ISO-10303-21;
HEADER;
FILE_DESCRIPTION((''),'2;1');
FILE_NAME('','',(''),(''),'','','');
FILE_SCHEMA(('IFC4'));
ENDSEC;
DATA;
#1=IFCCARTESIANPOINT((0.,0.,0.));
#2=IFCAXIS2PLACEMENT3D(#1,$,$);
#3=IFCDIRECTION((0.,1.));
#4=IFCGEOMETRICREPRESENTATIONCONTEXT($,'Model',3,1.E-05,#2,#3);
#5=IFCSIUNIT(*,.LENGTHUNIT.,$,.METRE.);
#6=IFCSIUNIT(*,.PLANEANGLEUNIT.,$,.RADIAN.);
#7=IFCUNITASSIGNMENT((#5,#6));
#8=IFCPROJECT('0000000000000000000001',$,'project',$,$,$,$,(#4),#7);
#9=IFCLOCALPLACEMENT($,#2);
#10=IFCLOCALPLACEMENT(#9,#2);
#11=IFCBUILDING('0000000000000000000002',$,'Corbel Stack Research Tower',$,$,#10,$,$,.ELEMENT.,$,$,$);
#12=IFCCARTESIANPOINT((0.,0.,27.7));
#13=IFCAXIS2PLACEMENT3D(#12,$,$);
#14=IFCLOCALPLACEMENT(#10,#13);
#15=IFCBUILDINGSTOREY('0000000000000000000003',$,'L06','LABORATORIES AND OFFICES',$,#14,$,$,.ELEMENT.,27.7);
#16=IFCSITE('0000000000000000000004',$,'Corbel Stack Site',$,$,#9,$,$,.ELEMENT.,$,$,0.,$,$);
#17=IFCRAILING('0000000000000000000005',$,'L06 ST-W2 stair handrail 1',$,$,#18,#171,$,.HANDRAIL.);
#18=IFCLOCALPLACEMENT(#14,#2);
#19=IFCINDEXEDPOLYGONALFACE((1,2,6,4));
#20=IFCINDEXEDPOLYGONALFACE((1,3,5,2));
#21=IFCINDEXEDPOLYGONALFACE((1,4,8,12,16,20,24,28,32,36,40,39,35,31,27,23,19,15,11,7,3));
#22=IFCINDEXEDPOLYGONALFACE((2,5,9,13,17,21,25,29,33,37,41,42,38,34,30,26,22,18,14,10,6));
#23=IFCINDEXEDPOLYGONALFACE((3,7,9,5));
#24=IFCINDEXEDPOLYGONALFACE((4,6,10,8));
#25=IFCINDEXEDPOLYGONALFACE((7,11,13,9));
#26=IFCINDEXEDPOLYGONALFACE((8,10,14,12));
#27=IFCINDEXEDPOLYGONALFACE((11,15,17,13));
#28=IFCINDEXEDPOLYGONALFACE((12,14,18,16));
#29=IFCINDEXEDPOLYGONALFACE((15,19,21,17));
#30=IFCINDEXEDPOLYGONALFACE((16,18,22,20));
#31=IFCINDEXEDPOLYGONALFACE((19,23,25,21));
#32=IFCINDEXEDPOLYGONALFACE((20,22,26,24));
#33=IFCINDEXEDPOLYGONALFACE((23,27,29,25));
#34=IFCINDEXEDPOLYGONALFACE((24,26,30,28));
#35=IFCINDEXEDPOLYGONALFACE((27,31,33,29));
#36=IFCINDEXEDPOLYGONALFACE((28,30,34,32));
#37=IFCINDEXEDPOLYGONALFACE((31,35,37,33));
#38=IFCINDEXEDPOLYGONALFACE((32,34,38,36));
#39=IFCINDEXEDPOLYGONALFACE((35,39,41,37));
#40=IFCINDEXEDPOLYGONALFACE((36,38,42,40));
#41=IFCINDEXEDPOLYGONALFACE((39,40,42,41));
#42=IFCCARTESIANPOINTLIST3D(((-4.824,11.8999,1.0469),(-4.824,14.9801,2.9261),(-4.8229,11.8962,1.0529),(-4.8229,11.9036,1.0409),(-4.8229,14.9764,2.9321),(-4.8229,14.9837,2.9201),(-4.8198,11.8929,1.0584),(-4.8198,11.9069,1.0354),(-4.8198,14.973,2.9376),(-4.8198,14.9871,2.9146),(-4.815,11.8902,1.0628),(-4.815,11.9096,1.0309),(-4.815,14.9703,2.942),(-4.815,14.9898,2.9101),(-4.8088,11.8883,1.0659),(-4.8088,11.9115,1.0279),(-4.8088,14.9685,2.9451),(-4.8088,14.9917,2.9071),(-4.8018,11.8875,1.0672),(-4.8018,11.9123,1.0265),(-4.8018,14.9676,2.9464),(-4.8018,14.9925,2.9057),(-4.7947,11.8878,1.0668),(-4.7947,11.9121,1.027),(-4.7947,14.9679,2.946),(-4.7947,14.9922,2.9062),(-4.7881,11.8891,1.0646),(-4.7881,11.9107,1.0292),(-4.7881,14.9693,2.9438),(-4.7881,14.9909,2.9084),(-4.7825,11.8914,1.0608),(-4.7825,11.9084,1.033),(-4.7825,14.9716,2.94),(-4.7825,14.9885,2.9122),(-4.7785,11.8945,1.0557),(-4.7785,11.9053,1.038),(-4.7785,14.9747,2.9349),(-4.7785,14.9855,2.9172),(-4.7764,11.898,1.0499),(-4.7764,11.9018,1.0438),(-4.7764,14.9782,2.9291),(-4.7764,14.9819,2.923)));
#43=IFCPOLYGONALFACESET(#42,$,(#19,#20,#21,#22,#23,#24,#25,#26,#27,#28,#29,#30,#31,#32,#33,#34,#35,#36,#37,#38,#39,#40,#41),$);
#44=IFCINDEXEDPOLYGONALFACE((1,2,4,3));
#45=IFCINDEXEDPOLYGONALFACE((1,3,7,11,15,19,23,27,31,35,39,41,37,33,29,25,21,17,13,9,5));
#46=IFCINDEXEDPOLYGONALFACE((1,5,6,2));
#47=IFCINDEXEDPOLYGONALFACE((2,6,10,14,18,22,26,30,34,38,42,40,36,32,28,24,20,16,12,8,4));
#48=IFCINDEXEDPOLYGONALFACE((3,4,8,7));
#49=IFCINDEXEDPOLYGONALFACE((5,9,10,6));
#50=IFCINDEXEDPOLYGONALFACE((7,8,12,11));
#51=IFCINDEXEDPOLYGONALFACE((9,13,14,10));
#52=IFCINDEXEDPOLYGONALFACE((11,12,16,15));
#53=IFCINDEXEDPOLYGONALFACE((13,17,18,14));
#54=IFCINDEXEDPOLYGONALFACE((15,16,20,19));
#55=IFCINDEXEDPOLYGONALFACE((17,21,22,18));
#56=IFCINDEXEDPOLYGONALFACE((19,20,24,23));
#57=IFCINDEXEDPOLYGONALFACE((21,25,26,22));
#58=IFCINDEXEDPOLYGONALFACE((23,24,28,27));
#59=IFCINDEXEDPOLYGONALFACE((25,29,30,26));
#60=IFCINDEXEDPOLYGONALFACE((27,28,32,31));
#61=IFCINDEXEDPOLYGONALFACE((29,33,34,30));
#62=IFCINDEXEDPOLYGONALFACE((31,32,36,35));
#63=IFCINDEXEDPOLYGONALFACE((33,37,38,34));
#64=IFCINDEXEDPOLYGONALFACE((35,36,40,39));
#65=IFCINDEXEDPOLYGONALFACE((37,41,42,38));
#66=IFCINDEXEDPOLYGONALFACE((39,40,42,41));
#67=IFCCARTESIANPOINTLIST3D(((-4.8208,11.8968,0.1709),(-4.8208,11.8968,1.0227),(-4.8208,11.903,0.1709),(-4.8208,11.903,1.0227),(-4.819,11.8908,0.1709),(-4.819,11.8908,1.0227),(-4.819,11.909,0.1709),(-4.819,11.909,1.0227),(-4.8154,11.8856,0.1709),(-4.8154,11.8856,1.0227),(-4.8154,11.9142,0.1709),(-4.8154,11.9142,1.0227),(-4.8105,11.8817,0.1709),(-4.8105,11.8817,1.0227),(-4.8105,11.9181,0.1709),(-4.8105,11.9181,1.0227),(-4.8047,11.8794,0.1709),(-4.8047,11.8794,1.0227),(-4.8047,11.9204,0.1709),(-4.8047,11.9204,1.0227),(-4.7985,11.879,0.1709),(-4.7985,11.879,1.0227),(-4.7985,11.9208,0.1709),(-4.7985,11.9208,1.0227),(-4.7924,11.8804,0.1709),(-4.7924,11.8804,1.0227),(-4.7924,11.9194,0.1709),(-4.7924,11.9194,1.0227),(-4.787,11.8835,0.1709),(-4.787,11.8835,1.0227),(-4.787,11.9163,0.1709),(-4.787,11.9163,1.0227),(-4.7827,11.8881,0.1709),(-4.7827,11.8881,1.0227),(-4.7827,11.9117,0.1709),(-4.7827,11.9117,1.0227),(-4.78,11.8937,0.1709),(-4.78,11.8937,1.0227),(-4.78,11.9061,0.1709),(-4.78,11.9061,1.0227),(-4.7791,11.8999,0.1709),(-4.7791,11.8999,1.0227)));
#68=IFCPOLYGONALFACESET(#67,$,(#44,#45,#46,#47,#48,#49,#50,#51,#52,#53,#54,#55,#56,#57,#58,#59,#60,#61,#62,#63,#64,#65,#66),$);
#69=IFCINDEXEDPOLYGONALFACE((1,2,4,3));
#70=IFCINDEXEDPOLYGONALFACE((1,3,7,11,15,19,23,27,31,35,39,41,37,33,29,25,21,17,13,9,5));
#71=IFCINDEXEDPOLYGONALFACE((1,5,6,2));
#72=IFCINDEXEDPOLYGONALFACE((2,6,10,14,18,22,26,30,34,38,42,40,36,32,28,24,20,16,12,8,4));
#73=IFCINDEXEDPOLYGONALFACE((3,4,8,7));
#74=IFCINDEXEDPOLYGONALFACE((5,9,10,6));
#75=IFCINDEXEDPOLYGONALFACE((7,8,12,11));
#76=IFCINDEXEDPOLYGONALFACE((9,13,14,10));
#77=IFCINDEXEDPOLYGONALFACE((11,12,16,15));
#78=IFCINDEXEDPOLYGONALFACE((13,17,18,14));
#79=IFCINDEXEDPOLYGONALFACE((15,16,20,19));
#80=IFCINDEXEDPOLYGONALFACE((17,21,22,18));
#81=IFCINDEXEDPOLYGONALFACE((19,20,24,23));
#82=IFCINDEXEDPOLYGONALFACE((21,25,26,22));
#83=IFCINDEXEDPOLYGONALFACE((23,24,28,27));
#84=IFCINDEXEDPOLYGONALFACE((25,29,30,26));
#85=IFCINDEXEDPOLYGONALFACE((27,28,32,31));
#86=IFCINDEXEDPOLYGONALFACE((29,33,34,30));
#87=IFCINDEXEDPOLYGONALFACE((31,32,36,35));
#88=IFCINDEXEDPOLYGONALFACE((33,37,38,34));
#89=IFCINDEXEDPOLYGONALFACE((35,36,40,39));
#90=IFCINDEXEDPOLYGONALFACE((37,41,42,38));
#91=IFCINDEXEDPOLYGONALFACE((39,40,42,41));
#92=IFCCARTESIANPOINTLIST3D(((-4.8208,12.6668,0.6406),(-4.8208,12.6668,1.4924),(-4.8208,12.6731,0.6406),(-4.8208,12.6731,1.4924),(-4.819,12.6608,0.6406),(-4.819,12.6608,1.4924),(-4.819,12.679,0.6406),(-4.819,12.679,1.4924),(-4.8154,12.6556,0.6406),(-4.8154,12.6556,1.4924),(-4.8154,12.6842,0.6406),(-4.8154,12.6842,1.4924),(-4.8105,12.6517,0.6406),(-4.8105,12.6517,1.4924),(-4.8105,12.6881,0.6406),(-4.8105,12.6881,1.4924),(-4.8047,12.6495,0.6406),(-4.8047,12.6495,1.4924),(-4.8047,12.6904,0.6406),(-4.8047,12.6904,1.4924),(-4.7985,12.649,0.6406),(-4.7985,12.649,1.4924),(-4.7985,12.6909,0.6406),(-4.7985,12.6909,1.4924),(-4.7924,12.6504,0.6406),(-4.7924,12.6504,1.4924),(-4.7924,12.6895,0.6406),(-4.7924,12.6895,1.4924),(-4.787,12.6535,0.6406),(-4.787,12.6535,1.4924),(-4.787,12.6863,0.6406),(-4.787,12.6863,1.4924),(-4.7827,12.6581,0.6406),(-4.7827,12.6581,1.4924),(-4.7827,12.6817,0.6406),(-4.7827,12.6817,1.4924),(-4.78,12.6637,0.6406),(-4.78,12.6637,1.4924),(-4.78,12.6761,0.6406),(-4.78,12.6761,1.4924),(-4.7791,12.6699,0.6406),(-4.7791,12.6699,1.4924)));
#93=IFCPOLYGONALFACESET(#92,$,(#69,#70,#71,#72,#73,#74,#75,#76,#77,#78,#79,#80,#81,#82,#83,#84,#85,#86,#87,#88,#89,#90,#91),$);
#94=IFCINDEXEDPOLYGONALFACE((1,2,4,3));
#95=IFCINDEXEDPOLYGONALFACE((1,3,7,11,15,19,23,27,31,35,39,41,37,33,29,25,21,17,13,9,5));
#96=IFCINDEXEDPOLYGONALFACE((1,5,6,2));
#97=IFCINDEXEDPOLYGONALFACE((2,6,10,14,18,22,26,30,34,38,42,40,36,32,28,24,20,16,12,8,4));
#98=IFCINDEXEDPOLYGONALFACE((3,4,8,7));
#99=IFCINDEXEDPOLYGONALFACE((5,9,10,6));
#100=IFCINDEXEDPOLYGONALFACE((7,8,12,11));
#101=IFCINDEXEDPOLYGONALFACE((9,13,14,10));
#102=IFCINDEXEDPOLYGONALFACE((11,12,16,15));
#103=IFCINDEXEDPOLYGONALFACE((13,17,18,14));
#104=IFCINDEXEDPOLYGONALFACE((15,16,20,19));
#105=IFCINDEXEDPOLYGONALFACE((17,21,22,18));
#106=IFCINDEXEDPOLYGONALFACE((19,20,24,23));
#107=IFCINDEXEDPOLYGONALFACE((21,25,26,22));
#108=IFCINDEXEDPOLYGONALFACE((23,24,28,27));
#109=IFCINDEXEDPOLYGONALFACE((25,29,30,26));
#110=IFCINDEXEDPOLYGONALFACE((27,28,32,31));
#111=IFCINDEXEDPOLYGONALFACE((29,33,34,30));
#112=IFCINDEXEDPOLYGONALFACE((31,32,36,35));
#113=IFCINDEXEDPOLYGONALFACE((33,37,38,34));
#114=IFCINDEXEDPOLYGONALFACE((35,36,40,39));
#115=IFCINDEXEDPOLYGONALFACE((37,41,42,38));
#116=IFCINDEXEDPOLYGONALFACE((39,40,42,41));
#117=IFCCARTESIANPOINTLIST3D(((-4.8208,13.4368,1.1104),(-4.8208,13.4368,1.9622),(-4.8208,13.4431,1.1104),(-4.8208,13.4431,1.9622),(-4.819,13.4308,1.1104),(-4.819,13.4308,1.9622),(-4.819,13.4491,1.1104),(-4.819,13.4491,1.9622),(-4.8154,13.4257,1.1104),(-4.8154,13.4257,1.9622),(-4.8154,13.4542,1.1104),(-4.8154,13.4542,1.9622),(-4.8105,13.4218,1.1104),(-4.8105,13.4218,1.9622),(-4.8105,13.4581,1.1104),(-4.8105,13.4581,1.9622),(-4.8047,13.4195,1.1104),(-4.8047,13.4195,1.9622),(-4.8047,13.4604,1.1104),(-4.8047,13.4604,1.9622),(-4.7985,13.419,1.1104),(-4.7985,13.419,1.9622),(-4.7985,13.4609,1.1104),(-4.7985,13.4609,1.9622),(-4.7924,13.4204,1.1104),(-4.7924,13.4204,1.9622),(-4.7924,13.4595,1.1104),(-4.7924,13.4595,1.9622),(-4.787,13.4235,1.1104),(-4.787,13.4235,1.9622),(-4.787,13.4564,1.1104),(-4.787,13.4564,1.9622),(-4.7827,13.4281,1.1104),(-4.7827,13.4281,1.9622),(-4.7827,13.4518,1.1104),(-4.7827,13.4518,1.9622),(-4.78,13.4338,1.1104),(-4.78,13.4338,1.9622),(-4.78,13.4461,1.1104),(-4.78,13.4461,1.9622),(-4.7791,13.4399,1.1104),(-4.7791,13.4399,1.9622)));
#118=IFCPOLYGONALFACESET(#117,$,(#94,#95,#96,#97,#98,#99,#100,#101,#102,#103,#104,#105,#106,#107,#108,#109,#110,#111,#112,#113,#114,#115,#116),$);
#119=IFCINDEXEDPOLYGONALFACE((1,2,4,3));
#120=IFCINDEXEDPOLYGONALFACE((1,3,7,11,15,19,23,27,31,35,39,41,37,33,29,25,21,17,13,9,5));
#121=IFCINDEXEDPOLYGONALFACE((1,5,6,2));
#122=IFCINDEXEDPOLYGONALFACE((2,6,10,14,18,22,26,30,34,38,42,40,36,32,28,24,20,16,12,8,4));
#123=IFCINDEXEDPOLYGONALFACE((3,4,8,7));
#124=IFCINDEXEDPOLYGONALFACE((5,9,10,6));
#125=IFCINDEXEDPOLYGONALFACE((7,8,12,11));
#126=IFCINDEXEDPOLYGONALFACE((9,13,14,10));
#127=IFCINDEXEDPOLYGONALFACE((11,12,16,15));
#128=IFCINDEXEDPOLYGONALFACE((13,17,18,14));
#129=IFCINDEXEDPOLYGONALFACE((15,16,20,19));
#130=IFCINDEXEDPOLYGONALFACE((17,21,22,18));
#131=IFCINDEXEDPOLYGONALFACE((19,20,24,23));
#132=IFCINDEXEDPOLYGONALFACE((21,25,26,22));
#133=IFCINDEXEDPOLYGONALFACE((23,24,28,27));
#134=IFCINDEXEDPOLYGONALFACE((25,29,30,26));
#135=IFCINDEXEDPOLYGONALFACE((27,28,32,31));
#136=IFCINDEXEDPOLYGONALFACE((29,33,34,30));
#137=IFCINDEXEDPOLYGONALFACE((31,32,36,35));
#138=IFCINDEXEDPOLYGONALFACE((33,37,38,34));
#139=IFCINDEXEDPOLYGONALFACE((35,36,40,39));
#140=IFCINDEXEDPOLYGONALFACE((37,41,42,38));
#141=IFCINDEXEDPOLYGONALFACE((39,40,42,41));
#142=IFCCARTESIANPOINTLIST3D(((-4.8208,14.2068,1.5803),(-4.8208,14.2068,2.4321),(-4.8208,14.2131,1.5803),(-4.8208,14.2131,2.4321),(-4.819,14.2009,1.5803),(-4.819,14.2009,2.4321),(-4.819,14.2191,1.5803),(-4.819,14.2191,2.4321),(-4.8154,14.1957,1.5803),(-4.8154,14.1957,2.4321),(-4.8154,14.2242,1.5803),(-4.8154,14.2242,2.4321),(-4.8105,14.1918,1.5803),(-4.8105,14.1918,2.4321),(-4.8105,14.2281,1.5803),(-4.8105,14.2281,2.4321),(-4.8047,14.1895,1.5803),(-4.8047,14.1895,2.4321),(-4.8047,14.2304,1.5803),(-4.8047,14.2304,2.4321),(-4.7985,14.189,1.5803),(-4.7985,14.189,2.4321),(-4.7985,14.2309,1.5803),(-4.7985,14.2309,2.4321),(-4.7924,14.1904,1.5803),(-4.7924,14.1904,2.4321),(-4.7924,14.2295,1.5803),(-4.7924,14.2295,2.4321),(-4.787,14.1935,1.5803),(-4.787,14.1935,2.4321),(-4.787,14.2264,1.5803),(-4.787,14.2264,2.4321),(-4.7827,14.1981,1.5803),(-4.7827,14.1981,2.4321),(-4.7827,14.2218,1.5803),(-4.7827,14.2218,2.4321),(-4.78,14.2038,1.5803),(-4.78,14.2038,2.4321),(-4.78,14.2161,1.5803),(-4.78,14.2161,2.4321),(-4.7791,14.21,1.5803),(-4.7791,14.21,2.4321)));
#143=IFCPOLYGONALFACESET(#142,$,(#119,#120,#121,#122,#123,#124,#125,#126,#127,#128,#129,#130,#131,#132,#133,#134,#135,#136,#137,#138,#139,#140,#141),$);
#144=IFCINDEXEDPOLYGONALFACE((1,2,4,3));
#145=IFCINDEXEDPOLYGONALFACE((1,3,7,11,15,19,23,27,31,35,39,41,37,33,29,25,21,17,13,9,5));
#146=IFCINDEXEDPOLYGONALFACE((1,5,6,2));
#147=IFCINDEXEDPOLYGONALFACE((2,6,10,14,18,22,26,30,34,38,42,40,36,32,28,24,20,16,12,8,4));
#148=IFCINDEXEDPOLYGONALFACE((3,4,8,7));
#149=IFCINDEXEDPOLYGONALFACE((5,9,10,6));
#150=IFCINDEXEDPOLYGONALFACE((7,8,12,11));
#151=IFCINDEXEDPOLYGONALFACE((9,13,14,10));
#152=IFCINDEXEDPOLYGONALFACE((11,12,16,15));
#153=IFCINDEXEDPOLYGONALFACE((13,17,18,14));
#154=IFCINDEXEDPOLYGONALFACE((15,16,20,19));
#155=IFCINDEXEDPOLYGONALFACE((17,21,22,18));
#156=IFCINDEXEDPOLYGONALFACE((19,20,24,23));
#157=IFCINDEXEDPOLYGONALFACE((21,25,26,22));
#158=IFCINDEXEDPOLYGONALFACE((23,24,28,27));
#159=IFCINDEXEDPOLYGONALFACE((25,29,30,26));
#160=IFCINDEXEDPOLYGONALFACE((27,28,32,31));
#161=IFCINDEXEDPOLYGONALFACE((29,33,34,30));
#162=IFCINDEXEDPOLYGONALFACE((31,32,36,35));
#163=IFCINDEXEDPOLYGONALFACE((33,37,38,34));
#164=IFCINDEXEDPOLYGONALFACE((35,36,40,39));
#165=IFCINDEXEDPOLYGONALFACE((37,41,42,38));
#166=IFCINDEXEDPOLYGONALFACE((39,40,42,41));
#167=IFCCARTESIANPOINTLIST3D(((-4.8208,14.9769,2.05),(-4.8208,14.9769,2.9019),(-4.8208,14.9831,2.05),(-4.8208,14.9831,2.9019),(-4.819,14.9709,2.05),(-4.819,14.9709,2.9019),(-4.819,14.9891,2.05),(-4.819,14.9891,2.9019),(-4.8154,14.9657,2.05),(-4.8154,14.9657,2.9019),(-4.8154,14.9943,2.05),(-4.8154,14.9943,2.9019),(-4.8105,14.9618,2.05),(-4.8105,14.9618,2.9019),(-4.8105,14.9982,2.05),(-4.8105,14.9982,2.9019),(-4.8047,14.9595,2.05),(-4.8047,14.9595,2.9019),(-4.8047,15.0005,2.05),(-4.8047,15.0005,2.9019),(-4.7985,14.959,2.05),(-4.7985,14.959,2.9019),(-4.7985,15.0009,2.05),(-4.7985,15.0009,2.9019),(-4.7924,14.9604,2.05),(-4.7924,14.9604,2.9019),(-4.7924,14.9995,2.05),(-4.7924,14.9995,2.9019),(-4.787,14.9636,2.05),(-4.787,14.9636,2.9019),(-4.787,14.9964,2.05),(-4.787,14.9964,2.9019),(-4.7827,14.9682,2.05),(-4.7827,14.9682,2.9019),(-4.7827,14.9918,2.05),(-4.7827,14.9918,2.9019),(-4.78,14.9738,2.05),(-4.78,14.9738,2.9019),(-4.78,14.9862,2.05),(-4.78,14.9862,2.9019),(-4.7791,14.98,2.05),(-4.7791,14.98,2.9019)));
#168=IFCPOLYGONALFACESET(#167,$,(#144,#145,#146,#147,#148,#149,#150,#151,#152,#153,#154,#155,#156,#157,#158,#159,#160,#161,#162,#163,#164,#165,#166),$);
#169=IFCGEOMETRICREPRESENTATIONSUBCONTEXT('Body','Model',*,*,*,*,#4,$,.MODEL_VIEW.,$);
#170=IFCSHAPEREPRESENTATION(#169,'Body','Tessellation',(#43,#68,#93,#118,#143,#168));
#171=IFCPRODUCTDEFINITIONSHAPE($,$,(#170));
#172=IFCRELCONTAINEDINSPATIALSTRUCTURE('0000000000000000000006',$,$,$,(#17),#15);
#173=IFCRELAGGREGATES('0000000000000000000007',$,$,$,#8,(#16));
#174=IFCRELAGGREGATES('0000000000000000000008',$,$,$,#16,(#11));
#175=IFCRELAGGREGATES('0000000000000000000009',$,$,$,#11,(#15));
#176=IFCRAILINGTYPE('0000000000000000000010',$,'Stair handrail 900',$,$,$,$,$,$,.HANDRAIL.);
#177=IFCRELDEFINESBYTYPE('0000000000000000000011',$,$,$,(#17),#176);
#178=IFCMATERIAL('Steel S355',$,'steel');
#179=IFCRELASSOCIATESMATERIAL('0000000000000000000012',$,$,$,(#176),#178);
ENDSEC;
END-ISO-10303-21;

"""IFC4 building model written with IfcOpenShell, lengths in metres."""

from ifc_helpers import new_model, si_unit, direction, frame, origin, origin_2d, place, context, subcontext, project, spatial, circle, extrude, material, type_object, element, save


model = new_model("IFC4")

# Units and contexts
model_context = context("Model", 3, precision=1e-05, world=origin(), true_north=direction((0.0, 1.0)))
body_context = subcontext(model_context, "Body", "Model", "MODEL_VIEW")
ifc_project = project(units=[si_unit("LENGTHUNIT", "METRE"), si_unit("PLANEANGLEUNIT", "RADIAN")], contexts=[model_context])

# Site, building, storey
site_placement = place(None, origin())
site = spatial("IfcSite", under=ifc_project, at=site_placement, Name="Corbel Stack Site", CompositionType="ELEMENT", RefElevation=0.0)
building_placement = place(site_placement, origin())
building = spatial("IfcBuilding", under=site, at=building_placement, Name="Corbel Stack Research Tower", CompositionType="ELEMENT")
storey_placement = place(building_placement, frame((0.0, 0.0, 27.7)))
storey = spatial("IfcBuildingStorey", under=building, at=storey_placement, Name="L06", Description="LABORATORIES AND OFFICES", CompositionType="ELEMENT", Elevation=27.7)

# Railing
ifc_material_1 = material(Name="Steel S355", Category="steel")
railing_type_1 = type_object("IfcRailingType", Name="Stair handrail 900", PredefinedType="HANDRAIL", material=ifc_material_1)
railing_1_placement = place(storey_placement, frame((-4.8, 11.8999, 0.1709)))
element("IfcRailing", 1, at=railing_1_placement, inside=storey, type_object=railing_type_1, Name="L06 ST-W2 stair handrail 1", PredefinedType="HANDRAIL", context=body_context, shape_type="SweptSolid", body=[
    extrude(circle(Radius=0.0239, at=origin_2d()), frame((0.0, 0.0, 0.876), z_axis=(0.0, 0.853666, 0.52082), x_axis=(-1.0, 0.0, 0.0)), (0.0, 0.0, 1.0), 3.6082),
    extrude(circle(Radius=0.021, at=origin_2d()), origin(), (0.0, 0.0, 1.0), 0.8518),
    extrude(circle(Radius=0.021, at=origin_2d()), frame((0.0, 0.77, 0.4697)), (0.0, 0.0, 1.0), 0.8518),
    extrude(circle(Radius=0.021, at=origin_2d()), frame((0.0, 1.54, 0.9395)), (0.0, 0.0, 1.0), 0.8518),
    extrude(circle(Radius=0.021, at=origin_2d()), frame((0.0, 2.3101, 1.4094)), (0.0, 0.0, 1.0), 0.8518),
    extrude(circle(Radius=0.021, at=origin_2d()), frame((0.0, 3.0801, 1.8792)), (0.0, 0.0, 1.0), 0.8518),
])

save(model, "model.ifc")
